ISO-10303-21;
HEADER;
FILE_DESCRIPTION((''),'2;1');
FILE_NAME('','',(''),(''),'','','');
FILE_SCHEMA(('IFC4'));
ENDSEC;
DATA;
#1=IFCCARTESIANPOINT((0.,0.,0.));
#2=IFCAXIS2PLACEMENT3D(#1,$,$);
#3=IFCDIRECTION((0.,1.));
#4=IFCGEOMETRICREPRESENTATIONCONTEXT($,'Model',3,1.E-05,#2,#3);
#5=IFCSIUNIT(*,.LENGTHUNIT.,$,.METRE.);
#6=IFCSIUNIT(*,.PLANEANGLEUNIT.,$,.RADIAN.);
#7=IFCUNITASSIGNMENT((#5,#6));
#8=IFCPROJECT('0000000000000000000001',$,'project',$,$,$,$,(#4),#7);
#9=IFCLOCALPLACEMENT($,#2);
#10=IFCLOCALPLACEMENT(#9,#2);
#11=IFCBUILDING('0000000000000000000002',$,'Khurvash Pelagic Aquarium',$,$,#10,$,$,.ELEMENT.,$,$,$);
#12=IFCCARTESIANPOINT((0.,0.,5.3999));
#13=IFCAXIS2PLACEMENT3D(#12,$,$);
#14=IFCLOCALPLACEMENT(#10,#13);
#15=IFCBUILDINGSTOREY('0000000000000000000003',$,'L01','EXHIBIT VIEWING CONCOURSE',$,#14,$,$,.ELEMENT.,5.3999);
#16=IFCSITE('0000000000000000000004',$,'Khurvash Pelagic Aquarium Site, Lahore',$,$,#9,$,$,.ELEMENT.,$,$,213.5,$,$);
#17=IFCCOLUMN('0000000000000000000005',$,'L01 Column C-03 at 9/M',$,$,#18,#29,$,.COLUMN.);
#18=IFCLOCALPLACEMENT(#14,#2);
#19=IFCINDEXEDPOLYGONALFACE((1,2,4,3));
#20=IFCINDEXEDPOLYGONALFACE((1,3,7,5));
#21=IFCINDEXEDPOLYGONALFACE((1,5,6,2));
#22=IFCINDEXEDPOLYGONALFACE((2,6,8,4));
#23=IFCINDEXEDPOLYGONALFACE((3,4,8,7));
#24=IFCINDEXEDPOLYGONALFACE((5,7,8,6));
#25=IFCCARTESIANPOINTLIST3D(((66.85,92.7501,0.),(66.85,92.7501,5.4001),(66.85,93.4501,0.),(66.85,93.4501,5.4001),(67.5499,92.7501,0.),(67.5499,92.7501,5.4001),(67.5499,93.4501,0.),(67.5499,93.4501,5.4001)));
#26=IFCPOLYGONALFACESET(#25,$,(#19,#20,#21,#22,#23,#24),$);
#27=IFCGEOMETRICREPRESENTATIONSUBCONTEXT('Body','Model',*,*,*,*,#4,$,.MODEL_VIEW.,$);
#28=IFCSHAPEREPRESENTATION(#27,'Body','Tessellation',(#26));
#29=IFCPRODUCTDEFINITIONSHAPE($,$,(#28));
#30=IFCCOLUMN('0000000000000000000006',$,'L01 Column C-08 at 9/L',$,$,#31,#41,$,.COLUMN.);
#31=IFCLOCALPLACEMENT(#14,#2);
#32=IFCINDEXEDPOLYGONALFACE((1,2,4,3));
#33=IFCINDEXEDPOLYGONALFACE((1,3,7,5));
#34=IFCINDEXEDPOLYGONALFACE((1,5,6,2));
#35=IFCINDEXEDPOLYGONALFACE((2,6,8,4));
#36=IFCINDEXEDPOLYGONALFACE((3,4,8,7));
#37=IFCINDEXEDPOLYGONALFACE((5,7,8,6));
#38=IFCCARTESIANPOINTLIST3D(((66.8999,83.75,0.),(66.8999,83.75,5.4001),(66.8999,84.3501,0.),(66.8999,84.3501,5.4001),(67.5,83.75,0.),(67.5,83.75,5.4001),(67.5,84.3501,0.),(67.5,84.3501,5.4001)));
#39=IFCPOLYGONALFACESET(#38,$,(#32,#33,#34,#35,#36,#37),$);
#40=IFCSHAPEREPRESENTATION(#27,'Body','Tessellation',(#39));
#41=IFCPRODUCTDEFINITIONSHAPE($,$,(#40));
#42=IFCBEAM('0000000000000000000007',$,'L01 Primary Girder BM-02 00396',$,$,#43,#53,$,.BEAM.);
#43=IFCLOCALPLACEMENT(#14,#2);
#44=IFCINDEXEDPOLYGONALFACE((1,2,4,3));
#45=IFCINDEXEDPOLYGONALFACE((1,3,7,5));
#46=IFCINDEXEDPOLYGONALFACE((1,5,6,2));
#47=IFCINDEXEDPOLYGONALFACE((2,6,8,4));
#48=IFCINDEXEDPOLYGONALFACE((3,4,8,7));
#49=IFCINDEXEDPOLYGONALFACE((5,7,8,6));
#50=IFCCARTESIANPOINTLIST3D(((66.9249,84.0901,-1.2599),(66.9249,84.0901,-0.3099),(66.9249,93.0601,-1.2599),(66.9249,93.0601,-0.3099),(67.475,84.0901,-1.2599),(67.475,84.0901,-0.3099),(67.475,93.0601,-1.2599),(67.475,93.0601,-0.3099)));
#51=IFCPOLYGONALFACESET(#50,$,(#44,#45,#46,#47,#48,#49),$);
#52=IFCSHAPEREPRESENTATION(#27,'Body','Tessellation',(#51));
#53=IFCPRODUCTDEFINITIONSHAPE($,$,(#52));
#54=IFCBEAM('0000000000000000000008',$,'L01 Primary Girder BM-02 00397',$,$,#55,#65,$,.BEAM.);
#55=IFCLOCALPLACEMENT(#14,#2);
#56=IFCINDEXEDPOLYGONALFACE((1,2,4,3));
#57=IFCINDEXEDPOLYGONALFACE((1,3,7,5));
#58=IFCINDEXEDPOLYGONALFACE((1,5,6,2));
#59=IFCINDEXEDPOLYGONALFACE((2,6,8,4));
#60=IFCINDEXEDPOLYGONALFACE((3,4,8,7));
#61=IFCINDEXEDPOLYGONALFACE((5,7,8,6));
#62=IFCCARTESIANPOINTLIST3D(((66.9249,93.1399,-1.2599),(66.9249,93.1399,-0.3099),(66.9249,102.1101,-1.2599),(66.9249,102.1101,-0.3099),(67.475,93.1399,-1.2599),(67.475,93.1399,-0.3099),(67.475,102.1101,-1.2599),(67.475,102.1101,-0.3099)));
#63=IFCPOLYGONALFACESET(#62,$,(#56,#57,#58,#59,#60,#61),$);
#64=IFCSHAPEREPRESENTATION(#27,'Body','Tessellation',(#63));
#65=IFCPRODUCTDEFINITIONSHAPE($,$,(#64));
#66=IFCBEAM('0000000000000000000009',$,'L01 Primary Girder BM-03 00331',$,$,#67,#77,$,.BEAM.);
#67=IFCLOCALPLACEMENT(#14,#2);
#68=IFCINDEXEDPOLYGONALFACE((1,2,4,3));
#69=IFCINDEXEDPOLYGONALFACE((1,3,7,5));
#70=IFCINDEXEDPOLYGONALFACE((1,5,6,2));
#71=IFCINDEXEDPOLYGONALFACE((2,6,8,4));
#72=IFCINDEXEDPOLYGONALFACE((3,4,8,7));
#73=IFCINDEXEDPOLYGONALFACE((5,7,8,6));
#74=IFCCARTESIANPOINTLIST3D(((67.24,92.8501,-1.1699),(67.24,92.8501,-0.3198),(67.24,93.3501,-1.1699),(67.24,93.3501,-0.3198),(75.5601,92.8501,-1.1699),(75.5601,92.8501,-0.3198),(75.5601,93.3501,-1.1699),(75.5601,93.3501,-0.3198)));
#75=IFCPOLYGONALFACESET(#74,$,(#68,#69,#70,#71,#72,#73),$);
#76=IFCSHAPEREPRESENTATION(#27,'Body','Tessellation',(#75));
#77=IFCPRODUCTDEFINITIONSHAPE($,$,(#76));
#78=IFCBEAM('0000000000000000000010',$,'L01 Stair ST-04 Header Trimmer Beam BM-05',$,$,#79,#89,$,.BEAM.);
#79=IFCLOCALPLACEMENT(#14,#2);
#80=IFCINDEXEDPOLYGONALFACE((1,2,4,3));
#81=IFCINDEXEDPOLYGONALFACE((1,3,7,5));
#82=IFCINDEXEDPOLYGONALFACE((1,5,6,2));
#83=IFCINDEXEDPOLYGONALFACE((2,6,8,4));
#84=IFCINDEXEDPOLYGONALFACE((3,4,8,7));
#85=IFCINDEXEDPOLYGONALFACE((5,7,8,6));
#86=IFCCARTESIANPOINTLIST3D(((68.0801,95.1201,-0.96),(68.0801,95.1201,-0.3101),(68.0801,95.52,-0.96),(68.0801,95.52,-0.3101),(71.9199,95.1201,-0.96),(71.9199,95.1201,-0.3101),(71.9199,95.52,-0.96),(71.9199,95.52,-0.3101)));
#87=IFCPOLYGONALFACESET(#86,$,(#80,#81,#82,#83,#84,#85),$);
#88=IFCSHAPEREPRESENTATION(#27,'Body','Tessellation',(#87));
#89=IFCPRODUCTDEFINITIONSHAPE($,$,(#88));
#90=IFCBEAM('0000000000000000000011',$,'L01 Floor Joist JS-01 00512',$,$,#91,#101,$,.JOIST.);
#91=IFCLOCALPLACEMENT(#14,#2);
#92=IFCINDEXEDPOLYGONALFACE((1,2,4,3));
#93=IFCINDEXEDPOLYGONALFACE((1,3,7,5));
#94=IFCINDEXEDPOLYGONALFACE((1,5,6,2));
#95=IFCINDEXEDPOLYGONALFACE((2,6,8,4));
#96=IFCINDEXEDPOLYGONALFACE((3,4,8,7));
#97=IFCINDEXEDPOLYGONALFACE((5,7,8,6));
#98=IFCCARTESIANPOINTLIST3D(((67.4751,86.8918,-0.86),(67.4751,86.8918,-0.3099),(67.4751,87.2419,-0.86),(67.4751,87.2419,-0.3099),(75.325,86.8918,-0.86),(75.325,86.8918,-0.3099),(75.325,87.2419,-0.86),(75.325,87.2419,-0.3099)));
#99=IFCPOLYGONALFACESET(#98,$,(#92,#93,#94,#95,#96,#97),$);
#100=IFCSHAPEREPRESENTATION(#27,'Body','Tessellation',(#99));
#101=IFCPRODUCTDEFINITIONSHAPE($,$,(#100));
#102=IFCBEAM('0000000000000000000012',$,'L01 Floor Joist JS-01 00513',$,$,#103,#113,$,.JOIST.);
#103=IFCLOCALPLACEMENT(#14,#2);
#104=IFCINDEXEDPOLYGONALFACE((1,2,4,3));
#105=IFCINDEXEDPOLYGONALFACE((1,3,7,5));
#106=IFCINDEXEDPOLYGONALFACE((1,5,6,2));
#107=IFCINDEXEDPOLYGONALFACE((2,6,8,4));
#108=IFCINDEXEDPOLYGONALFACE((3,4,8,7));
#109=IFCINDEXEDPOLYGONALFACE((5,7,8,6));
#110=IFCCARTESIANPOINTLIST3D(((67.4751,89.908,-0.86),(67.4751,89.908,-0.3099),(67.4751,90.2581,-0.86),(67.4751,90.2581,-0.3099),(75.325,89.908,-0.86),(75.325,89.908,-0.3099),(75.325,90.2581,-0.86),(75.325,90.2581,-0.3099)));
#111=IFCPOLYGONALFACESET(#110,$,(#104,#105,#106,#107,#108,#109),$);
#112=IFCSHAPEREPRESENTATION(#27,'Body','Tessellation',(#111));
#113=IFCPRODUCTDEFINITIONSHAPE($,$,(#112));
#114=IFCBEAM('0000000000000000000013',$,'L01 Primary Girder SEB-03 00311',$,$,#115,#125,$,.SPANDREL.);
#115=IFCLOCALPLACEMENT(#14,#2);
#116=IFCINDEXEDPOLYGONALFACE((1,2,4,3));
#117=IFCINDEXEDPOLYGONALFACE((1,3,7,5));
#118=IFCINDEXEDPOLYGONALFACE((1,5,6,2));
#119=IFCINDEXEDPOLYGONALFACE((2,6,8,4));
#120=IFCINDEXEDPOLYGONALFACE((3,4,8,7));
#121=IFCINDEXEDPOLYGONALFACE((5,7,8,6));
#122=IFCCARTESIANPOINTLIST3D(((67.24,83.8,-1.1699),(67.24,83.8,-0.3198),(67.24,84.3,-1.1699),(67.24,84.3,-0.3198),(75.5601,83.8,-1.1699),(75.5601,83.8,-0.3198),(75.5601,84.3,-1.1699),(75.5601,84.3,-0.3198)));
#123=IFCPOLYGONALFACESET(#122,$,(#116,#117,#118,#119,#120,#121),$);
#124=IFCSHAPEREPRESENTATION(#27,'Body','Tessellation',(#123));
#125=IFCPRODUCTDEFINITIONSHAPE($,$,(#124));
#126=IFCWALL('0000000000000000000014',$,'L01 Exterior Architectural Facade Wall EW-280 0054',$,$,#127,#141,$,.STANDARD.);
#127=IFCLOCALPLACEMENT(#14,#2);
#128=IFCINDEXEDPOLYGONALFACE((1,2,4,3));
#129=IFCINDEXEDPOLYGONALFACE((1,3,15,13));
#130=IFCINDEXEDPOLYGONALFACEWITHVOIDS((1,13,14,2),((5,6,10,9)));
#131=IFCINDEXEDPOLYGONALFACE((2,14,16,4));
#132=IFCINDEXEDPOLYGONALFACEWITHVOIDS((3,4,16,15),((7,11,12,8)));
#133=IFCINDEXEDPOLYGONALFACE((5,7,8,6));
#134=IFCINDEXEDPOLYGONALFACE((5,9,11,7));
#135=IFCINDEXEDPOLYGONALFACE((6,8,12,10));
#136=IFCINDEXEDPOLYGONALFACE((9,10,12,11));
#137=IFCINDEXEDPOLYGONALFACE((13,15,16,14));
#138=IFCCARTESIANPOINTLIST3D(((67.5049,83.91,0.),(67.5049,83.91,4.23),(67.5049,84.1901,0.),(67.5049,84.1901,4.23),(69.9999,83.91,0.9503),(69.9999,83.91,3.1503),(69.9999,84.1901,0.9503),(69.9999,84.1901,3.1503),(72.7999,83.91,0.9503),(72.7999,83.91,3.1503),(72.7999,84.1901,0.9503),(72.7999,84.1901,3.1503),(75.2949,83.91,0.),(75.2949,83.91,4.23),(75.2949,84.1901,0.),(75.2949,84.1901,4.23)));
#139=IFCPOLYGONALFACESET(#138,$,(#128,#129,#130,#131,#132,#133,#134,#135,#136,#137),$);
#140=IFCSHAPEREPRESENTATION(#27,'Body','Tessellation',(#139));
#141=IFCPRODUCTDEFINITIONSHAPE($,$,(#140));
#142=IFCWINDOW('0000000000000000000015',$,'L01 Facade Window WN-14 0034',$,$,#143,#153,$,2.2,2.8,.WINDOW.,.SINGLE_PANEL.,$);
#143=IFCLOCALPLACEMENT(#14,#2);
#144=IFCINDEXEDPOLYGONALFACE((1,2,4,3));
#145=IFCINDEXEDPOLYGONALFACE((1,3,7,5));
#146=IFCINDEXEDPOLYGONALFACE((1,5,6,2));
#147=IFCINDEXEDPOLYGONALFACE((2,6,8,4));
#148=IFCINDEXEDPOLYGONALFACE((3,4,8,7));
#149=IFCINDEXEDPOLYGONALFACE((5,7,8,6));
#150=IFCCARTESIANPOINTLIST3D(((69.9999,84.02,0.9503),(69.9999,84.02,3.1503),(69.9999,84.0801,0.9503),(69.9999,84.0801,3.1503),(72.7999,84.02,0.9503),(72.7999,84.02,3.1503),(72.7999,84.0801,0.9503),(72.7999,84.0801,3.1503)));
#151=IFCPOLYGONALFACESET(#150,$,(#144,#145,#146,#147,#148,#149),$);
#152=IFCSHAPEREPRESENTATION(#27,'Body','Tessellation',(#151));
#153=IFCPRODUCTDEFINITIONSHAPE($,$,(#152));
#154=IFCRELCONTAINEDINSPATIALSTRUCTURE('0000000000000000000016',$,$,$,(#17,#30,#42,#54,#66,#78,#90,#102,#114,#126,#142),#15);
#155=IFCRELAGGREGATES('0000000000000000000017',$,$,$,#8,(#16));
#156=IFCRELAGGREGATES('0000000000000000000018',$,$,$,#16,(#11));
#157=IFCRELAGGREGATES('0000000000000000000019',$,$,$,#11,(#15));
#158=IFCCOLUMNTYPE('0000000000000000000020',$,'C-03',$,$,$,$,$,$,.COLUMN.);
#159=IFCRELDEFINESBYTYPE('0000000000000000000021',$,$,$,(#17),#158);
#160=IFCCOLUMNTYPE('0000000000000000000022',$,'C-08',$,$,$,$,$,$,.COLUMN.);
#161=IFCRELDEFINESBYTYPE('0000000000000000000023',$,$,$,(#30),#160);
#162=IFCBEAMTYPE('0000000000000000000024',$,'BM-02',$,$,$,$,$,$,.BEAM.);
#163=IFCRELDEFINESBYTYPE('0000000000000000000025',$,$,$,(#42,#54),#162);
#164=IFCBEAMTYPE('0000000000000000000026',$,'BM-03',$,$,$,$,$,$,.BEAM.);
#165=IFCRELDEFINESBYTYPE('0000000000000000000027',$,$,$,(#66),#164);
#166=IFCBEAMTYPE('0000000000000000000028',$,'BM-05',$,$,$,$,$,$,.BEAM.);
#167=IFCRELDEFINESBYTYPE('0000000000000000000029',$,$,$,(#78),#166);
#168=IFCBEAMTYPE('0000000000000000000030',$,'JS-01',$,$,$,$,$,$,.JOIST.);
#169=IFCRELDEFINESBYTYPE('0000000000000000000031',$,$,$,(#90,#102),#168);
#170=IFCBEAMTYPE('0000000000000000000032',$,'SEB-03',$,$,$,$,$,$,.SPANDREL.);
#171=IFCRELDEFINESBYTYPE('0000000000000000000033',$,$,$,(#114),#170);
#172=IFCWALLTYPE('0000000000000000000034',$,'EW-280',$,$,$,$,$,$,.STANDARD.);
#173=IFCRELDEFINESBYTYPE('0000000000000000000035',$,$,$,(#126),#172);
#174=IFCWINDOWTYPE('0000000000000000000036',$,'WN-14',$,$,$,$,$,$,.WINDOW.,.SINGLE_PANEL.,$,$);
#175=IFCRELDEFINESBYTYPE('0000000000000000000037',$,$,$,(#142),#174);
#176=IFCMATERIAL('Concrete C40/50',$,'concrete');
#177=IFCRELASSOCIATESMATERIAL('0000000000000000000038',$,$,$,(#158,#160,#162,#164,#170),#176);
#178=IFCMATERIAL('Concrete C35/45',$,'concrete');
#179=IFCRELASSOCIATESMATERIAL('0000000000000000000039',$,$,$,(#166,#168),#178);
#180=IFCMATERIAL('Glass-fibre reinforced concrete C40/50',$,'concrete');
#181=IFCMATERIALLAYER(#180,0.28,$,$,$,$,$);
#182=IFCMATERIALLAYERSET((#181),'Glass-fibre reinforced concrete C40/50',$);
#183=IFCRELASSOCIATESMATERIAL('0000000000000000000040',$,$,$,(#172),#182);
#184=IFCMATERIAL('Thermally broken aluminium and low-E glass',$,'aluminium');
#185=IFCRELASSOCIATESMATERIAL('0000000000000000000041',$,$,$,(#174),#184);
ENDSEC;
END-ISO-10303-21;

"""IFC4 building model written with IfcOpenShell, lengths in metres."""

from ifc_helpers import new_model, si_unit, direction, frame, frame_2d, origin, origin_2d, place, context, subcontext, project, spatial, rectangle, extrude, material, layer, layer_set, material_profile, profile_set, type_object, element, fill, save


model = new_model("IFC4")

# Units and contexts
model_context = context("Model", 3, precision=1e-05, world=origin(), true_north=direction((0.0, 1.0)))
body_context = subcontext(model_context, "Body", "Model", "MODEL_VIEW")
ifc_project = project(units=[si_unit("LENGTHUNIT", "METRE"), si_unit("PLANEANGLEUNIT", "RADIAN")], contexts=[model_context])

# Site, building, storey
site_placement = place(None, origin())
site = spatial("IfcSite", under=ifc_project, at=site_placement, Name="Khurvash Pelagic Aquarium Site, Lahore", CompositionType="ELEMENT", RefElevation=213.5)
building_placement = place(site_placement, origin())
building = spatial("IfcBuilding", under=site, at=building_placement, Name="Khurvash Pelagic Aquarium", CompositionType="ELEMENT")
storey_placement = place(building_placement, frame((0.0, 0.0, 5.3999)))
storey = spatial("IfcBuildingStorey", under=building, at=storey_placement, Name="L01", Description="EXHIBIT VIEWING CONCOURSE", CompositionType="ELEMENT", Elevation=5.3999)

# Columns
ifc_material_1 = material(Name="Concrete C40/50", Category="concrete")
ifc_material_profile_1 = material_profile(ifc_material_1, rectangle(XDim=0.7, YDim=0.7, at=origin_2d()), Name="RC700X700")
ifc_profile_set_1 = profile_set([ifc_material_profile_1], Name="Concrete C40/50")
column_type_1 = type_object("IfcColumnType", Name="C-03", PredefinedType="COLUMN", material=ifc_profile_set_1)
column_1_placement = place(storey_placement, frame((67.2, 93.1001, 0.0), z_axis=(0.0, 0.0, 1.0), x_axis=(1.0, 0.0, 0.0)))
element("IfcColumn", 1, at=column_1_placement, inside=storey, type_object=column_type_1, Name="L01 Column C-03 at 9/M", PredefinedType="COLUMN", context=body_context, shape_type="SweptSolid", body=[
    extrude(rectangle(XDim=0.7, YDim=0.7, at=origin_2d()), origin(), (0.0, 0.0, 1.0), 5.4001),
])
ifc_material_profile_2 = material_profile(ifc_material_1, rectangle(XDim=0.6001, YDim=0.6001, at=origin_2d()), Name="RC600X600")
ifc_profile_set_2 = profile_set([ifc_material_profile_2], Name="Concrete C40/50")
column_type_2 = type_object("IfcColumnType", Name="C-08", PredefinedType="COLUMN", material=ifc_profile_set_2)
column_2_placement = place(storey_placement, frame((67.2, 84.05, 0.0), z_axis=(0.0, 0.0, 1.0), x_axis=(1.0, 0.0, 0.0)))
element("IfcColumn", 2, at=column_2_placement, inside=storey, type_object=column_type_2, Name="L01 Column C-08 at 9/L", PredefinedType="COLUMN", context=body_context, shape_type="SweptSolid", body=[
    extrude(rectangle(XDim=0.6001, YDim=0.6001, at=origin_2d()), origin(), (0.0, 0.0, 1.0), 5.4001),
])

# Beams
ifc_material_profile_3 = material_profile(ifc_material_1, rectangle(XDim=0.55, YDim=0.95, at=origin_2d()), Name="RC550X950")
ifc_profile_set_3 = profile_set([ifc_material_profile_3], Name="Concrete C40/50")
beam_type_1 = type_object("IfcBeamType", Name="BM-02", PredefinedType="BEAM", material=ifc_profile_set_3)
beam_1_placement = place(storey_placement, frame((67.2, 84.0901, -0.7849), z_axis=(0.0, 1.0, 0.0), x_axis=(-1.0, 0.0, 0.0)))
element("IfcBeam", 3, at=beam_1_placement, inside=storey, type_object=beam_type_1, Name="L01 Primary Girder BM-02 00396", PredefinedType="BEAM", context=body_context, shape_type="SweptSolid", body=[
    extrude(rectangle(XDim=0.55, YDim=0.95, at=origin_2d()), origin(), (0.0, 0.0, 1.0), 8.97),
])
beam_2_placement = place(storey_placement, frame((67.2, 93.1399, -0.7849), z_axis=(0.0, 1.0, 0.0), x_axis=(-1.0, 0.0, 0.0)))
element("IfcBeam", 4, at=beam_2_placement, inside=storey, type_object=beam_type_1, Name="L01 Primary Girder BM-02 00397", PredefinedType="BEAM", context=body_context, shape_type="SweptSolid", body=[
    extrude(rectangle(XDim=0.55, YDim=0.95, at=origin_2d()), origin(), (0.0, 0.0, 1.0), 8.9702),
])
ifc_material_profile_4 = material_profile(ifc_material_1, rectangle(XDim=0.5, YDim=0.8501, at=origin_2d()), Name="RC500X850")
ifc_profile_set_4 = profile_set([ifc_material_profile_4], Name="Concrete C40/50")
beam_type_2 = type_object("IfcBeamType", Name="BM-03", PredefinedType="BEAM", material=ifc_profile_set_4)
beam_3_placement = place(storey_placement, frame((67.24, 93.1001, -0.7449), z_axis=(1.0, 0.0, 0.0), x_axis=(0.0, 1.0, 0.0)))
element("IfcBeam", 5, at=beam_3_placement, inside=storey, type_object=beam_type_2, Name="L01 Primary Girder BM-03 00331", PredefinedType="BEAM", context=body_context, shape_type="SweptSolid", body=[
    extrude(rectangle(XDim=0.5, YDim=0.8501, at=origin_2d()), origin(), (0.0, 0.0, 1.0), 8.3201),
])
ifc_material_2 = material(Name="Concrete C35/45", Category="concrete")
ifc_material_profile_5 = material_profile(ifc_material_2, rectangle(XDim=0.3999, YDim=0.6499, at=origin_2d()), Name="RC400X650")
ifc_profile_set_5 = profile_set([ifc_material_profile_5], Name="Concrete C35/45")
beam_type_3 = type_object("IfcBeamType", Name="BM-05", PredefinedType="BEAM", material=ifc_profile_set_5)
beam_4_placement = place(storey_placement, frame((68.0801, 95.3201, -0.635), z_axis=(1.0, 0.0, 0.0), x_axis=(0.0, 1.0, 0.0)))
element("IfcBeam", 6, at=beam_4_placement, inside=storey, type_object=beam_type_3, Name="L01 Stair ST-04 Header Trimmer Beam BM-05", PredefinedType="BEAM", context=body_context, shape_type="SweptSolid", body=[
    extrude(rectangle(XDim=0.3999, YDim=0.6499, at=origin_2d()), origin(), (0.0, 0.0, 1.0), 3.8398),
])
ifc_material_profile_6 = material_profile(ifc_material_2, rectangle(XDim=0.3501, YDim=0.55, at=origin_2d()), Name="RC350X550")
ifc_profile_set_6 = profile_set([ifc_material_profile_6], Name="Concrete C35/45")
beam_type_4 = type_object("IfcBeamType", Name="JS-01", PredefinedType="JOIST", material=ifc_profile_set_6)
for number, where, z_axis, x_axis, name in (
    (7, (67.4751, 87.0669, -0.585), (1.0, 0.0, 0.0), (0.0, 1.0, 0.0), "L01 Floor Joist JS-01 00512"),
    (8, (67.4751, 90.083, -0.585), (1.0, 0.0, 0.0), (0.0, 1.0, 0.0), "L01 Floor Joist JS-01 00513"),
):
    element("IfcBeam", number, at=place(storey_placement, frame(where, z_axis=z_axis, x_axis=x_axis)), inside=storey, type_object=beam_type_4, Name=name, PredefinedType="JOIST", context=body_context, shape_type="SweptSolid", body=[
        extrude(rectangle(XDim=0.3501, YDim=0.55, at=origin_2d()), origin(), (0.0, 0.0, 1.0), 7.8499),
    ])
ifc_material_profile_7 = material_profile(ifc_material_1, rectangle(XDim=0.5, YDim=0.8501, at=origin_2d()), Name="RC500X850")
ifc_profile_set_7 = profile_set([ifc_material_profile_7], Name="Concrete C40/50")
beam_type_5 = type_object("IfcBeamType", Name="SEB-03", PredefinedType="SPANDREL", material=ifc_profile_set_7)
beam_5_placement = place(storey_placement, frame((67.24, 84.05, -0.7449), z_axis=(1.0, 0.0, 0.0), x_axis=(0.0, 1.0, 0.0)))
element("IfcBeam", 9, at=beam_5_placement, inside=storey, type_object=beam_type_5, Name="L01 Primary Girder SEB-03 00311", PredefinedType="SPANDREL", context=body_context, shape_type="SweptSolid", body=[
    extrude(rectangle(XDim=0.5, YDim=0.8501, at=origin_2d()), origin(), (0.0, 0.0, 1.0), 8.3201),
])

# Wall, opening, window
ifc_material_3 = material(Name="Glass-fibre reinforced concrete C40/50", Category="concrete")
ifc_layer_1 = layer(ifc_material_3, 0.28)
ifc_layer_set_1 = layer_set([ifc_layer_1], Name="Glass-fibre reinforced concrete C40/50")
wall_type_1 = type_object("IfcWallType", Name="EW-280", PredefinedType="STANDARD", material=ifc_layer_set_1)
wall_1_placement = place(storey_placement, frame((67.5049, 84.05, 0.0), z_axis=(0.0, 0.0, 1.0), x_axis=(1.0, 0.0, 0.0)))
wall_1 = element("IfcWall", 10, at=wall_1_placement, inside=storey, type_object=wall_type_1, Name="L01 Exterior Architectural Facade Wall EW-280 0054", PredefinedType="STANDARD", context=body_context, shape_type="SweptSolid", body=[
    extrude(rectangle(XDim=7.79, YDim=0.28, at=frame_2d((3.895, 0.0))), origin(), (0.0, 0.0, 1.0), 4.23),
])
opening_1_placement = place(wall_1_placement, frame((2.4951, 0.0, 0.9502)))
opening_1 = element("IfcOpeningElement", 11, at=opening_1_placement, cuts=wall_1, PredefinedType="OPENING", context=body_context, shape_type="SweptSolid", body=[
    extrude(rectangle(XDim=2.8, YDim=2.2, at=frame_2d((1.3999, 1.1001))), frame((0.0, 0.1499, 0.0), z_axis=(0.0, -1.0, 0.0), x_axis=(1.0, 0.0, 0.0)), (0.0, 0.0, 1.0), 0.3),
])
ifc_material_4 = material(Name="Thermally broken aluminium and low-E glass", Category="aluminium")
window_type = type_object("IfcWindowType", Name="WN-14", PartitioningType="SINGLE_PANEL", PredefinedType="WINDOW", material=ifc_material_4)
window_placement = place(opening_1_placement, origin())
window = element("IfcWindow", 12, at=window_placement, inside=storey, type_object=window_type, Name="L01 Facade Window WN-14 0034", OverallHeight=2.2, OverallWidth=2.8, PartitioningType="SINGLE_PANEL", PredefinedType="WINDOW", context=body_context, shape_type="SweptSolid", body=[
    extrude(rectangle(XDim=2.8, YDim=2.2, at=frame_2d((1.3999, 1.1001))), frame((0.0, 0.03, 0.0), z_axis=(0.0, -1.0, 0.0), x_axis=(1.0, 0.0, 0.0)), (0.0, 0.0, 1.0), 0.0601),
])
fill(opening_1, window)

save(model, "model.ifc")
